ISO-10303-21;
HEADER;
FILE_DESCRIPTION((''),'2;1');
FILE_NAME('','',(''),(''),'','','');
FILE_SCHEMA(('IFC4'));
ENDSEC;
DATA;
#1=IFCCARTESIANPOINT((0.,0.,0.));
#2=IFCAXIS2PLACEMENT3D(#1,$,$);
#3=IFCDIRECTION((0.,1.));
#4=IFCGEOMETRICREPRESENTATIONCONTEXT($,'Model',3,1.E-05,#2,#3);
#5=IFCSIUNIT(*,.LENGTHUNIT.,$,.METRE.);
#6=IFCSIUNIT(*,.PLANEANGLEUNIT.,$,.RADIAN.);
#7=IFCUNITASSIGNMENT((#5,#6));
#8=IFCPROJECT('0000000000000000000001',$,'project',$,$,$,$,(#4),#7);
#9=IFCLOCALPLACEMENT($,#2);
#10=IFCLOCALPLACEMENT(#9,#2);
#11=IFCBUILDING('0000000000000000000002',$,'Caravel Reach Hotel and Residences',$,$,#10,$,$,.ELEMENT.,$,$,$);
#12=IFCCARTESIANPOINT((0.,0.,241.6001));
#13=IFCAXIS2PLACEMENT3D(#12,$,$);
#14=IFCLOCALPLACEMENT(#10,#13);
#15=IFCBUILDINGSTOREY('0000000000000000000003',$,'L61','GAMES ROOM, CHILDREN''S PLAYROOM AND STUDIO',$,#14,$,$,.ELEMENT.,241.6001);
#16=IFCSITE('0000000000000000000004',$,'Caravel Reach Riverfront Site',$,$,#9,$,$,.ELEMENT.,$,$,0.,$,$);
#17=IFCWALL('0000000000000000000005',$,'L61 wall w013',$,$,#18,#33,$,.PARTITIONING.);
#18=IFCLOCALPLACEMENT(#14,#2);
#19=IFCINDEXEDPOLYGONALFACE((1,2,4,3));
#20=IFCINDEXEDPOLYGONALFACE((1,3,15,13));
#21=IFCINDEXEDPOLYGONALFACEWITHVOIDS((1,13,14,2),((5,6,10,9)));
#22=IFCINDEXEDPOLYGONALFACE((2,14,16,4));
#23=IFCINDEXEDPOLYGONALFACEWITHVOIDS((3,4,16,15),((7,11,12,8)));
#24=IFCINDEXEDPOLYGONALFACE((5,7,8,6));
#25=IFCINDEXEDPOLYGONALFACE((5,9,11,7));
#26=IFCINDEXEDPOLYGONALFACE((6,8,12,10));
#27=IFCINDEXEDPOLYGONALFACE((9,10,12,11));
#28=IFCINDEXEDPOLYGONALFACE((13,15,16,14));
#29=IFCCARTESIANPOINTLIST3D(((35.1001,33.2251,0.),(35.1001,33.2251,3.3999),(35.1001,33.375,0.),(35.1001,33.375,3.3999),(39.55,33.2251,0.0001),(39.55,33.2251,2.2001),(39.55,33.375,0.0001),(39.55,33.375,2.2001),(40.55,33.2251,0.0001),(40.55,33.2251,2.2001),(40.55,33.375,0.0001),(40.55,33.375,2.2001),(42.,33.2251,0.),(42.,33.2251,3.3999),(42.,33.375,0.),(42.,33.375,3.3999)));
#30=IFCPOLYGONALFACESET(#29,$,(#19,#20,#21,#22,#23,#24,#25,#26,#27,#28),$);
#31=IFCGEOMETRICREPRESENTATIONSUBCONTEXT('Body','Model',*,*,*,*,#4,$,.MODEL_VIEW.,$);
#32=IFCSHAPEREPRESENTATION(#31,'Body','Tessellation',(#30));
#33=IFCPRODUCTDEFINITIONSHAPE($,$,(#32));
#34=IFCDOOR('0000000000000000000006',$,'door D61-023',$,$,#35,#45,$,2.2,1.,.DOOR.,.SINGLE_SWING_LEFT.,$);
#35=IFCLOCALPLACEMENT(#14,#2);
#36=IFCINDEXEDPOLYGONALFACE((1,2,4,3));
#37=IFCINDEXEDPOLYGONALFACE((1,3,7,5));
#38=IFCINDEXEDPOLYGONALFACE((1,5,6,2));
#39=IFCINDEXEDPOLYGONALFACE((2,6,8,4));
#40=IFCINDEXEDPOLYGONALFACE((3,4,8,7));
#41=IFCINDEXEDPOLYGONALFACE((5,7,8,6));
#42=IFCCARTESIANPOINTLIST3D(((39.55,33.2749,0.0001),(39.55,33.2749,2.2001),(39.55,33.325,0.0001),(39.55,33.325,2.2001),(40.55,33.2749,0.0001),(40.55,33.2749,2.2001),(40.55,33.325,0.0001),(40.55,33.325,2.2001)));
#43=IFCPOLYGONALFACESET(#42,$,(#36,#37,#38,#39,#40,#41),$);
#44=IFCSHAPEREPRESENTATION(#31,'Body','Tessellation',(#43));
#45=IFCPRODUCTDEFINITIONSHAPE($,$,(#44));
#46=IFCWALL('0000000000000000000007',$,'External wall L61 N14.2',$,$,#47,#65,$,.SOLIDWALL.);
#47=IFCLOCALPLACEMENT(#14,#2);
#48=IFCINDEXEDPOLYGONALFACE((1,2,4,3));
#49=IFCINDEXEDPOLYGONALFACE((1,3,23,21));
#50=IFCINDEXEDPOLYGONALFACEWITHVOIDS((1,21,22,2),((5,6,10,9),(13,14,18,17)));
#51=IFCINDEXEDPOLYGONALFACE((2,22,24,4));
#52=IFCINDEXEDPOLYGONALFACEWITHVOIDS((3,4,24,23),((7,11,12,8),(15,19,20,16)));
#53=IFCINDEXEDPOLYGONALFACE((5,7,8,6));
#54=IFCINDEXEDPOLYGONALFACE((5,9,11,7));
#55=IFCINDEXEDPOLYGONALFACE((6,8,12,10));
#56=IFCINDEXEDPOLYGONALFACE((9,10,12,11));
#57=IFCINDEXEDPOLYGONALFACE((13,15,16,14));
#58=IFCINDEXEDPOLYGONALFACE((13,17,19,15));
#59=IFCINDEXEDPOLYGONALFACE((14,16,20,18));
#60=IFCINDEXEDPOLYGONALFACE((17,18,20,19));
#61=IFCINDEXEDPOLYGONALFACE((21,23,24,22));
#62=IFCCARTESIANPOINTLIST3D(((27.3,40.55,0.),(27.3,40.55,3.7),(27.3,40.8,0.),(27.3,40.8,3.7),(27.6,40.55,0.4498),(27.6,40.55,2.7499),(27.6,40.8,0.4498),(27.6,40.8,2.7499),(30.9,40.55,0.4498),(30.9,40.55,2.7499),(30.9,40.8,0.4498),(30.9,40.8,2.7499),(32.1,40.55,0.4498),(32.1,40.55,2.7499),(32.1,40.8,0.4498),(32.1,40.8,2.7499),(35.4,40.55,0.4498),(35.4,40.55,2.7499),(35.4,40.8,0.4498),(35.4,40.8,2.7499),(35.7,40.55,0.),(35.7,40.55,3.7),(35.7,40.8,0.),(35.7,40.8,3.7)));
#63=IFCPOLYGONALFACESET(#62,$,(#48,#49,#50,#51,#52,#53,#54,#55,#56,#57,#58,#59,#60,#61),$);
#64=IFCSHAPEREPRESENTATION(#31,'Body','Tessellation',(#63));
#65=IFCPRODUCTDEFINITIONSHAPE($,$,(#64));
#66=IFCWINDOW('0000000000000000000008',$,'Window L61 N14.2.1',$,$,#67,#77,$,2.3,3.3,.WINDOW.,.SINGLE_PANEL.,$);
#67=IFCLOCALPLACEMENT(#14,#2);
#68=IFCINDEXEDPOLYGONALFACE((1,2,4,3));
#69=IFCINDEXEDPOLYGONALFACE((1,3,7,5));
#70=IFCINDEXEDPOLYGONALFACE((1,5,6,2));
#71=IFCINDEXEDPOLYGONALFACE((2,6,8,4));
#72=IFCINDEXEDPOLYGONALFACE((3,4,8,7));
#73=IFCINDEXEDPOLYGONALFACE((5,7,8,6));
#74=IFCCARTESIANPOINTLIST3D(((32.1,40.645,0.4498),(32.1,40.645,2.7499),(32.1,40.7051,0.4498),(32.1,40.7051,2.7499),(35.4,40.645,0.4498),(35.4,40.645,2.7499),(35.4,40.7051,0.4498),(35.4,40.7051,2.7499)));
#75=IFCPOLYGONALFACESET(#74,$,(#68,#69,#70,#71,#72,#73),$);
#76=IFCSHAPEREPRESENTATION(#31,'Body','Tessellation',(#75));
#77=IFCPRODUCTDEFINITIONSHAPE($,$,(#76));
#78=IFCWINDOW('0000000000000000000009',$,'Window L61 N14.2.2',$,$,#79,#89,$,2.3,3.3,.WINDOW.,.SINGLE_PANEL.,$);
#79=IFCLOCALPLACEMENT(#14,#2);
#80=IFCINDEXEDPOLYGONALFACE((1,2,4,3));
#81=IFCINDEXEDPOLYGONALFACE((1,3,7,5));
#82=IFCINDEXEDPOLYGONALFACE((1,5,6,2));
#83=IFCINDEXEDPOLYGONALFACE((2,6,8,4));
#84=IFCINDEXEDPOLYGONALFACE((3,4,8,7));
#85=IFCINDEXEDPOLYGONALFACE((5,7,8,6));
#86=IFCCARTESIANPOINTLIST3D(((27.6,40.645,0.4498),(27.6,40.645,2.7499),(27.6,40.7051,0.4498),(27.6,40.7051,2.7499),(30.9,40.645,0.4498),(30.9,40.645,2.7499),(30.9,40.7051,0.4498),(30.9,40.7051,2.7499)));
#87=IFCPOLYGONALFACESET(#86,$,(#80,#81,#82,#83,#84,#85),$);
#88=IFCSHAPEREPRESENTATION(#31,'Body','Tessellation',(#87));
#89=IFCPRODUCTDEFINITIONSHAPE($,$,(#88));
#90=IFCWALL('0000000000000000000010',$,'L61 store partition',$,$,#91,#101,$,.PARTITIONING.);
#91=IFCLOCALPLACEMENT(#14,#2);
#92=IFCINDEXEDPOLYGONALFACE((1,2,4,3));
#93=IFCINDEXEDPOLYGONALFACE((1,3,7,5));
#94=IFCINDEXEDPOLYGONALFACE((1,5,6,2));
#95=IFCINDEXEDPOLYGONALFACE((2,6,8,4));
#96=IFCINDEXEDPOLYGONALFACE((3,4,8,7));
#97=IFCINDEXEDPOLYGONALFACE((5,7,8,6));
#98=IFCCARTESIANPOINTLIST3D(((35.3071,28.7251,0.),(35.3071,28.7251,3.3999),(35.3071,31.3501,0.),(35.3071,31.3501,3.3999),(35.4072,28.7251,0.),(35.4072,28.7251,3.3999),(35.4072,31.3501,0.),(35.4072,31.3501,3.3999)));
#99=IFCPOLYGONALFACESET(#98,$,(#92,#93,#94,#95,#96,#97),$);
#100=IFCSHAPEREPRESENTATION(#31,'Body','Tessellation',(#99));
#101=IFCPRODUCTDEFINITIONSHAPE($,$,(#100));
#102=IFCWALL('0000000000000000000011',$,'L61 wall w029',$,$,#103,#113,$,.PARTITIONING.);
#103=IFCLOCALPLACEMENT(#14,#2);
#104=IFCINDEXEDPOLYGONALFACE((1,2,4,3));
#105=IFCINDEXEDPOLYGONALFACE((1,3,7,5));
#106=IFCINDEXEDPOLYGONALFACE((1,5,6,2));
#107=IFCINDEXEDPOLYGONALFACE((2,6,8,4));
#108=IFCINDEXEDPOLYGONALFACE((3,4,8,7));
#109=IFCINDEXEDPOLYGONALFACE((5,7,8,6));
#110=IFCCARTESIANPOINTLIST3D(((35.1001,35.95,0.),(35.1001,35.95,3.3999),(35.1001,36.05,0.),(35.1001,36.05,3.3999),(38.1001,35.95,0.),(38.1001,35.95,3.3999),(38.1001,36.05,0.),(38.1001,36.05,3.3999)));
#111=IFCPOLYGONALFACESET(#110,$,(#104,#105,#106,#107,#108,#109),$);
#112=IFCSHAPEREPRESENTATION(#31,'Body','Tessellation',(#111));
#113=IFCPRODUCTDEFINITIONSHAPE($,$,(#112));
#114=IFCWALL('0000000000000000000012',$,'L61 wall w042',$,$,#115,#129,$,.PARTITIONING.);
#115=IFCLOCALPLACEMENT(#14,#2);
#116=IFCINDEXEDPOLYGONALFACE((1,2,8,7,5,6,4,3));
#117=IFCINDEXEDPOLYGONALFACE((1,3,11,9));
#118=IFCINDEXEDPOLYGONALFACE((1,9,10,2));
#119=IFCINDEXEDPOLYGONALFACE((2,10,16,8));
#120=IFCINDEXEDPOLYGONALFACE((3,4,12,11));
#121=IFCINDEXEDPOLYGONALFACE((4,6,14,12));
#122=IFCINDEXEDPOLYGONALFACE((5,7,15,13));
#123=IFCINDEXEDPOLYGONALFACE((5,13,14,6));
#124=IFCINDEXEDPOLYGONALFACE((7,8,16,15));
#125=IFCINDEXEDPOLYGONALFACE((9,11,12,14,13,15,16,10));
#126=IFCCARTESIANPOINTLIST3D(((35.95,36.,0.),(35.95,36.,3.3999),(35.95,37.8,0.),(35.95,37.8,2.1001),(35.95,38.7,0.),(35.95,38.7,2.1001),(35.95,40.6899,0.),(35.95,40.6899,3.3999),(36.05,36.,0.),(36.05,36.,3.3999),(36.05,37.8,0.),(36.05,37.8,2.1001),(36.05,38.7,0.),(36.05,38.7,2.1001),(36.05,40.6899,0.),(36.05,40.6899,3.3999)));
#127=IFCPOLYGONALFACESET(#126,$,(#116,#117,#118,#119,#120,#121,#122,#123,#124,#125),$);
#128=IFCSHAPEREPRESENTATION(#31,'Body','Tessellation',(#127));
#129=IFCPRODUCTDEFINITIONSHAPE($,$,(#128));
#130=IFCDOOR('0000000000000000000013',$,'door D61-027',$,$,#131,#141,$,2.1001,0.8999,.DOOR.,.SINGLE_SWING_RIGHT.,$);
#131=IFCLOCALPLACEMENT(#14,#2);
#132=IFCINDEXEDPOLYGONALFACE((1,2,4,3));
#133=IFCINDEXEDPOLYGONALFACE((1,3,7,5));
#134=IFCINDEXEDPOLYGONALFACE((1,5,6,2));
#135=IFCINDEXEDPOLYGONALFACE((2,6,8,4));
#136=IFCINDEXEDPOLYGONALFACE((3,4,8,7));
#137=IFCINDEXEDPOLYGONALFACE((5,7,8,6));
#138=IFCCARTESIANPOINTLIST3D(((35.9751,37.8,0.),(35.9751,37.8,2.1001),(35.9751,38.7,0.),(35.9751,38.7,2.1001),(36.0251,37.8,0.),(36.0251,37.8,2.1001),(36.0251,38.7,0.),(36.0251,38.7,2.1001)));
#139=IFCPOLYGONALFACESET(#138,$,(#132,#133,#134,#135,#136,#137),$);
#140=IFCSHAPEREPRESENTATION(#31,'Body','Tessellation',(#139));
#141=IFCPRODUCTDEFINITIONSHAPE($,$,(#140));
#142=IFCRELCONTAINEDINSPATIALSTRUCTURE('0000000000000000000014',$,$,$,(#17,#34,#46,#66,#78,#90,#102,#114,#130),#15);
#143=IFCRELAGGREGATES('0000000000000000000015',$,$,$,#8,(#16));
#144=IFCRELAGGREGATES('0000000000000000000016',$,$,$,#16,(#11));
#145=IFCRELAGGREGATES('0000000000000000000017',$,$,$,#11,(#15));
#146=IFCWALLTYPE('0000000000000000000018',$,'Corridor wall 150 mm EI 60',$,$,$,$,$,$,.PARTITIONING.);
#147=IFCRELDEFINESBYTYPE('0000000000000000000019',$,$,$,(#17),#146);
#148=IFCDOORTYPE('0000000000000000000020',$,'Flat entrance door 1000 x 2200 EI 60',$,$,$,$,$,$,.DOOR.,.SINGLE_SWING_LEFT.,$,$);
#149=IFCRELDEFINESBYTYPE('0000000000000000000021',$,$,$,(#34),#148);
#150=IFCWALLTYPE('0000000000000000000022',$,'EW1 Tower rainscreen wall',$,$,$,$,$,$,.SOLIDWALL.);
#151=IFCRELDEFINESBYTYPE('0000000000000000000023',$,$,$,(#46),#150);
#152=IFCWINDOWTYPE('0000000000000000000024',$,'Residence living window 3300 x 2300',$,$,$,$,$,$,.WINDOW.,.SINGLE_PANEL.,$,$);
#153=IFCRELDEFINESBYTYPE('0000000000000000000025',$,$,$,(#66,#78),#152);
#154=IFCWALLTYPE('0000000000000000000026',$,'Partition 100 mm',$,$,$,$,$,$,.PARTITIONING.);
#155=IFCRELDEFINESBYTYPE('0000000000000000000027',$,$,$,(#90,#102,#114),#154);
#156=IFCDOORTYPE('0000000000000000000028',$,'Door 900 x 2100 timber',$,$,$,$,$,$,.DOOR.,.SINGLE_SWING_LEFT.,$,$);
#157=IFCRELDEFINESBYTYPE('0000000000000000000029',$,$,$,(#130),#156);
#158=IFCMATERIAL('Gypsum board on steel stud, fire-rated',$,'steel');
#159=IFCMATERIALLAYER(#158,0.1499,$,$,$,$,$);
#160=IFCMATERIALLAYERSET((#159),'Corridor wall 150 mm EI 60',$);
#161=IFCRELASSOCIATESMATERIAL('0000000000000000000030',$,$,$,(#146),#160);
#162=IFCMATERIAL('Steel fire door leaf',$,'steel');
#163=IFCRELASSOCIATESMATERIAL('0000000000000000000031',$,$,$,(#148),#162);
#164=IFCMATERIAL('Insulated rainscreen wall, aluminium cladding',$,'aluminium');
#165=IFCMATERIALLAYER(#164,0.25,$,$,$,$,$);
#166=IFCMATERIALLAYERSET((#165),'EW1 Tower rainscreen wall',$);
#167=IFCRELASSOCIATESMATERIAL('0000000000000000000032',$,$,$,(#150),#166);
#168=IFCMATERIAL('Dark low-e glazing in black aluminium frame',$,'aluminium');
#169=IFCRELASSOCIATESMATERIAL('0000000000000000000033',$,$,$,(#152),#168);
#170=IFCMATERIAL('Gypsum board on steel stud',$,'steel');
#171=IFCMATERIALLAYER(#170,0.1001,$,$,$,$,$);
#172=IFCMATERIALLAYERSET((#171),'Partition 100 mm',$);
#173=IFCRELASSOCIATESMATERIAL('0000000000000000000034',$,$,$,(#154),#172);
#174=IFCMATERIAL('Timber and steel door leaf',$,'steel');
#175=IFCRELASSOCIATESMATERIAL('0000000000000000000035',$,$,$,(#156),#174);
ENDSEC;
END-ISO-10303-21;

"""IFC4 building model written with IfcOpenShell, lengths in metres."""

from ifc_helpers import new_model, si_unit, direction, frame, frame_2d, origin, place, context, subcontext, project, spatial, rectangle, extrude, material, layer, layer_set, type_object, element, fill, save


model = new_model("IFC4")

# Units and contexts
model_context = context("Model", 3, precision=1e-05, world=origin(), true_north=direction((0.0, 1.0)))
body_context = subcontext(model_context, "Body", "Model", "MODEL_VIEW")
ifc_project = project(units=[si_unit("LENGTHUNIT", "METRE"), si_unit("PLANEANGLEUNIT", "RADIAN")], contexts=[model_context])

# Site, building, storey
site_placement = place(None, origin())
site = spatial("IfcSite", under=ifc_project, at=site_placement, Name="Caravel Reach Riverfront Site", CompositionType="ELEMENT", RefElevation=0.0)
building_placement = place(site_placement, origin())
building = spatial("IfcBuilding", under=site, at=building_placement, Name="Caravel Reach Hotel and Residences", CompositionType="ELEMENT")
storey_placement = place(building_placement, frame((0.0, 0.0, 241.6001)))
storey = spatial("IfcBuildingStorey", under=building, at=storey_placement, Name="L61", Description="GAMES ROOM, CHILDREN'S PLAYROOM AND STUDIO", CompositionType="ELEMENT", Elevation=241.6001)

# Wall, opening, door
ifc_material_1 = material(Name="Gypsum board on steel stud, fire-rated", Category="steel")
ifc_layer_1 = layer(ifc_material_1, 0.1499)
ifc_layer_set_1 = layer_set([ifc_layer_1], Name="Corridor wall 150 mm EI 60")
wall_type_1 = type_object("IfcWallType", Name="Corridor wall 150 mm EI 60", PredefinedType="PARTITIONING", material=ifc_layer_set_1)
wall_1_placement = place(storey_placement, frame((35.1001, 33.3, 0.0), z_axis=(0.0, 0.0, 1.0), x_axis=(1.0, 0.0, 0.0)))
wall_1 = element("IfcWall", 1, at=wall_1_placement, inside=storey, type_object=wall_type_1, Name="L61 wall w013", PredefinedType="PARTITIONING", context=body_context, shape_type="SweptSolid", body=[
    extrude(rectangle(XDim=6.8999, YDim=0.1499, at=frame_2d((3.45, 0.0))), origin(), (0.0, 0.0, 1.0), 3.3999),
])
opening_1_placement = place(wall_1_placement, frame((4.45, 0.0, 0.0)))
opening_1 = element("IfcOpeningElement", 2, at=opening_1_placement, cuts=wall_1, PredefinedType="OPENING", context=body_context, shape_type="SweptSolid", body=[
    extrude(rectangle(XDim=1.0, YDim=2.2, at=frame_2d((0.5, 1.1001))), frame((0.0, 0.085, 0.0), z_axis=(0.0, -1.0, 0.0), x_axis=(1.0, 0.0, 0.0)), (0.0, 0.0, 1.0), 0.1699),
])
ifc_material_2 = material(Name="Steel fire door leaf", Category="steel")
door_type_1 = type_object("IfcDoorType", Name="Flat entrance door 1000 x 2200 EI 60", OperationType="SINGLE_SWING_LEFT", PredefinedType="DOOR", material=ifc_material_2)
door_1_placement = place(opening_1_placement, origin())
door_1 = element("IfcDoor", 3, at=door_1_placement, inside=storey, type_object=door_type_1, Name="door D61-023", OperationType="SINGLE_SWING_LEFT", OverallHeight=2.2, OverallWidth=1.0, PredefinedType="DOOR", context=body_context, shape_type="SweptSolid", body=[
    extrude(rectangle(XDim=1.0, YDim=2.2, at=frame_2d((0.5, 1.1001))), frame((0.0, 0.0249, 0.0), z_axis=(0.0, -1.0, 0.0), x_axis=(1.0, 0.0, 0.0)), (0.0, 0.0, 1.0), 0.05),
])
fill(opening_1, door_1)

# Wall, openings, windows
ifc_material_3 = material(Name="Insulated rainscreen wall, aluminium cladding", Category="aluminium")
ifc_layer_2 = layer(ifc_material_3, 0.25)
ifc_layer_set_2 = layer_set([ifc_layer_2], Name="EW1 Tower rainscreen wall")
wall_type_2 = type_object("IfcWallType", Name="EW1 Tower rainscreen wall", PredefinedType="SOLIDWALL", material=ifc_layer_set_2)
wall_2_placement = place(storey_placement, frame((35.7, 40.675, 0.0), z_axis=(0.0, 0.0, 1.0), x_axis=(-1.0, 0.0, 0.0)))
wall_2 = element("IfcWall", 4, at=wall_2_placement, inside=storey, type_object=wall_type_2, Name="External wall L61 N14.2", PredefinedType="SOLIDWALL", context=body_context, shape_type="SweptSolid", body=[
    extrude(rectangle(XDim=8.3999, YDim=0.25, at=frame_2d((4.2, 0.0))), origin(), (0.0, 0.0, 1.0), 3.7),
])
opening_2_placement = place(wall_2_placement, frame((0.3, 0.0, 0.45)))
opening_2 = element("IfcOpeningElement", 5, at=opening_2_placement, cuts=wall_2, PredefinedType="OPENING", context=body_context, shape_type="SweptSolid", body=[
    extrude(rectangle(XDim=3.3, YDim=2.3, at=frame_2d((1.6499, 1.1499))), frame((0.0, 0.135, 0.0), z_axis=(0.0, -1.0, 0.0), x_axis=(1.0, 0.0, 0.0)), (0.0, 0.0, 1.0), 0.27),
])
opening_3_placement = place(wall_2_placement, frame((4.8, 0.0, 0.45)))
opening_3 = element("IfcOpeningElement", 6, at=opening_3_placement, cuts=wall_2, PredefinedType="OPENING", context=body_context, shape_type="SweptSolid", body=[
    extrude(rectangle(XDim=3.3, YDim=2.3, at=frame_2d((1.6499, 1.1499))), frame((0.0, 0.135, 0.0), z_axis=(0.0, -1.0, 0.0), x_axis=(1.0, 0.0, 0.0)), (0.0, 0.0, 1.0), 0.27),
])
ifc_material_4 = material(Name="Dark low-e glazing in black aluminium frame", Category="aluminium")
window_type = type_object("IfcWindowType", Name="Residence living window 3300 x 2300", PartitioningType="SINGLE_PANEL", PredefinedType="WINDOW", material=ifc_material_4)
window_1_placement = place(opening_2_placement, origin())
window_1 = element("IfcWindow", 7, at=window_1_placement, inside=storey, type_object=window_type, Name="Window L61 N14.2.1", OverallHeight=2.3, OverallWidth=3.3, PartitioningType="SINGLE_PANEL", PredefinedType="WINDOW", context=body_context, shape_type="SweptSolid", body=[
    extrude(rectangle(XDim=3.3, YDim=2.3, at=frame_2d((1.6499, 1.1499))), frame((0.0, 0.03, 0.0), z_axis=(0.0, -1.0, 0.0), x_axis=(1.0, 0.0, 0.0)), (0.0, 0.0, 1.0), 0.0601),
])
fill(opening_2, window_1)
window_2_placement = place(opening_3_placement, origin())
window_2 = element("IfcWindow", 8, at=window_2_placement, inside=storey, type_object=window_type, Name="Window L61 N14.2.2", OverallHeight=2.3, OverallWidth=3.3, PartitioningType="SINGLE_PANEL", PredefinedType="WINDOW", context=body_context, shape_type="SweptSolid", body=[
    extrude(rectangle(XDim=3.3, YDim=2.3, at=frame_2d((1.6499, 1.1499))), frame((0.0, 0.03, 0.0), z_axis=(0.0, -1.0, 0.0), x_axis=(1.0, 0.0, 0.0)), (0.0, 0.0, 1.0), 0.0601),
])
fill(opening_3, window_2)

# Walls
ifc_material_5 = material(Name="Gypsum board on steel stud", Category="steel")
ifc_layer_3 = layer(ifc_material_5, 0.1001)
ifc_layer_set_3 = layer_set([ifc_layer_3], Name="Partition 100 mm")
wall_type_3 = type_object("IfcWallType", Name="Partition 100 mm", PredefinedType="PARTITIONING", material=ifc_layer_set_3)
wall_3_placement = place(storey_placement, frame((35.3572, 28.7251, 0.0), z_axis=(0.0, 0.0, 1.0), x_axis=(0.0, 1.0, 0.0)))
element("IfcWall", 9, at=wall_3_placement, inside=storey, type_object=wall_type_3, Name="L61 store partition", PredefinedType="PARTITIONING", context=body_context, shape_type="SweptSolid", body=[
    extrude(rectangle(XDim=2.625, YDim=0.1001, at=frame_2d((1.3125, 0.0))), origin(), (0.0, 0.0, 1.0), 3.3999),
])
wall_4_placement = place(storey_placement, frame((35.1001, 36.0, 0.0), z_axis=(0.0, 0.0, 1.0), x_axis=(1.0, 0.0, 0.0)))
element("IfcWall", 10, at=wall_4_placement, inside=storey, type_object=wall_type_3, Name="L61 wall w029", PredefinedType="PARTITIONING", context=body_context, shape_type="SweptSolid", body=[
    extrude(rectangle(XDim=3.0, YDim=0.1001, at=frame_2d((1.5, 0.0))), origin(), (0.0, 0.0, 1.0), 3.3999),
])

# Wall, opening, door
wall_5_placement = place(storey_placement, frame((36.0, 36.0, 0.0), z_axis=(0.0, 0.0, 1.0), x_axis=(0.0, 1.0, 0.0)))
wall_5 = element("IfcWall", 11, at=wall_5_placement, inside=storey, type_object=wall_type_3, Name="L61 wall w042", PredefinedType="PARTITIONING", context=body_context, shape_type="SweptSolid", body=[
    extrude(rectangle(XDim=4.6899, YDim=0.1001, at=frame_2d((2.345, 0.0))), origin(), (0.0, 0.0, 1.0), 3.3999),
])
opening_4_placement = place(wall_5_placement, frame((1.8, 0.0, 0.0)))
opening_4 = element("IfcOpeningElement", 12, at=opening_4_placement, cuts=wall_5, PredefinedType="OPENING", context=body_context, shape_type="SweptSolid", body=[
    extrude(rectangle(XDim=0.8999, YDim=2.1001, at=frame_2d((0.45, 1.05))), frame((0.0, 0.0601, 0.0), z_axis=(0.0, -1.0, 0.0), x_axis=(1.0, 0.0, 0.0)), (0.0, 0.0, 1.0), 0.1201),
])
ifc_material_6 = material(Name="Timber and steel door leaf", Category="steel")
door_type_2 = type_object("IfcDoorType", Name="Door 900 x 2100 timber", OperationType="SINGLE_SWING_LEFT", PredefinedType="DOOR", material=ifc_material_6)
door_2_placement = place(opening_4_placement, origin())
door_2 = element("IfcDoor", 13, at=door_2_placement, inside=storey, type_object=door_type_2, Name="door D61-027", OperationType="SINGLE_SWING_RIGHT", OverallHeight=2.1001, OverallWidth=0.8999, PredefinedType="DOOR", context=body_context, shape_type="SweptSolid", body=[
    extrude(rectangle(XDim=0.8999, YDim=2.1001, at=frame_2d((0.45, 1.05))), frame((0.0, 0.0249, 0.0), z_axis=(0.0, -1.0, 0.0), x_axis=(1.0, 0.0, 0.0)), (0.0, 0.0, 1.0), 0.05),
])
fill(opening_4, door_2)

save(model, "model.ifc")
